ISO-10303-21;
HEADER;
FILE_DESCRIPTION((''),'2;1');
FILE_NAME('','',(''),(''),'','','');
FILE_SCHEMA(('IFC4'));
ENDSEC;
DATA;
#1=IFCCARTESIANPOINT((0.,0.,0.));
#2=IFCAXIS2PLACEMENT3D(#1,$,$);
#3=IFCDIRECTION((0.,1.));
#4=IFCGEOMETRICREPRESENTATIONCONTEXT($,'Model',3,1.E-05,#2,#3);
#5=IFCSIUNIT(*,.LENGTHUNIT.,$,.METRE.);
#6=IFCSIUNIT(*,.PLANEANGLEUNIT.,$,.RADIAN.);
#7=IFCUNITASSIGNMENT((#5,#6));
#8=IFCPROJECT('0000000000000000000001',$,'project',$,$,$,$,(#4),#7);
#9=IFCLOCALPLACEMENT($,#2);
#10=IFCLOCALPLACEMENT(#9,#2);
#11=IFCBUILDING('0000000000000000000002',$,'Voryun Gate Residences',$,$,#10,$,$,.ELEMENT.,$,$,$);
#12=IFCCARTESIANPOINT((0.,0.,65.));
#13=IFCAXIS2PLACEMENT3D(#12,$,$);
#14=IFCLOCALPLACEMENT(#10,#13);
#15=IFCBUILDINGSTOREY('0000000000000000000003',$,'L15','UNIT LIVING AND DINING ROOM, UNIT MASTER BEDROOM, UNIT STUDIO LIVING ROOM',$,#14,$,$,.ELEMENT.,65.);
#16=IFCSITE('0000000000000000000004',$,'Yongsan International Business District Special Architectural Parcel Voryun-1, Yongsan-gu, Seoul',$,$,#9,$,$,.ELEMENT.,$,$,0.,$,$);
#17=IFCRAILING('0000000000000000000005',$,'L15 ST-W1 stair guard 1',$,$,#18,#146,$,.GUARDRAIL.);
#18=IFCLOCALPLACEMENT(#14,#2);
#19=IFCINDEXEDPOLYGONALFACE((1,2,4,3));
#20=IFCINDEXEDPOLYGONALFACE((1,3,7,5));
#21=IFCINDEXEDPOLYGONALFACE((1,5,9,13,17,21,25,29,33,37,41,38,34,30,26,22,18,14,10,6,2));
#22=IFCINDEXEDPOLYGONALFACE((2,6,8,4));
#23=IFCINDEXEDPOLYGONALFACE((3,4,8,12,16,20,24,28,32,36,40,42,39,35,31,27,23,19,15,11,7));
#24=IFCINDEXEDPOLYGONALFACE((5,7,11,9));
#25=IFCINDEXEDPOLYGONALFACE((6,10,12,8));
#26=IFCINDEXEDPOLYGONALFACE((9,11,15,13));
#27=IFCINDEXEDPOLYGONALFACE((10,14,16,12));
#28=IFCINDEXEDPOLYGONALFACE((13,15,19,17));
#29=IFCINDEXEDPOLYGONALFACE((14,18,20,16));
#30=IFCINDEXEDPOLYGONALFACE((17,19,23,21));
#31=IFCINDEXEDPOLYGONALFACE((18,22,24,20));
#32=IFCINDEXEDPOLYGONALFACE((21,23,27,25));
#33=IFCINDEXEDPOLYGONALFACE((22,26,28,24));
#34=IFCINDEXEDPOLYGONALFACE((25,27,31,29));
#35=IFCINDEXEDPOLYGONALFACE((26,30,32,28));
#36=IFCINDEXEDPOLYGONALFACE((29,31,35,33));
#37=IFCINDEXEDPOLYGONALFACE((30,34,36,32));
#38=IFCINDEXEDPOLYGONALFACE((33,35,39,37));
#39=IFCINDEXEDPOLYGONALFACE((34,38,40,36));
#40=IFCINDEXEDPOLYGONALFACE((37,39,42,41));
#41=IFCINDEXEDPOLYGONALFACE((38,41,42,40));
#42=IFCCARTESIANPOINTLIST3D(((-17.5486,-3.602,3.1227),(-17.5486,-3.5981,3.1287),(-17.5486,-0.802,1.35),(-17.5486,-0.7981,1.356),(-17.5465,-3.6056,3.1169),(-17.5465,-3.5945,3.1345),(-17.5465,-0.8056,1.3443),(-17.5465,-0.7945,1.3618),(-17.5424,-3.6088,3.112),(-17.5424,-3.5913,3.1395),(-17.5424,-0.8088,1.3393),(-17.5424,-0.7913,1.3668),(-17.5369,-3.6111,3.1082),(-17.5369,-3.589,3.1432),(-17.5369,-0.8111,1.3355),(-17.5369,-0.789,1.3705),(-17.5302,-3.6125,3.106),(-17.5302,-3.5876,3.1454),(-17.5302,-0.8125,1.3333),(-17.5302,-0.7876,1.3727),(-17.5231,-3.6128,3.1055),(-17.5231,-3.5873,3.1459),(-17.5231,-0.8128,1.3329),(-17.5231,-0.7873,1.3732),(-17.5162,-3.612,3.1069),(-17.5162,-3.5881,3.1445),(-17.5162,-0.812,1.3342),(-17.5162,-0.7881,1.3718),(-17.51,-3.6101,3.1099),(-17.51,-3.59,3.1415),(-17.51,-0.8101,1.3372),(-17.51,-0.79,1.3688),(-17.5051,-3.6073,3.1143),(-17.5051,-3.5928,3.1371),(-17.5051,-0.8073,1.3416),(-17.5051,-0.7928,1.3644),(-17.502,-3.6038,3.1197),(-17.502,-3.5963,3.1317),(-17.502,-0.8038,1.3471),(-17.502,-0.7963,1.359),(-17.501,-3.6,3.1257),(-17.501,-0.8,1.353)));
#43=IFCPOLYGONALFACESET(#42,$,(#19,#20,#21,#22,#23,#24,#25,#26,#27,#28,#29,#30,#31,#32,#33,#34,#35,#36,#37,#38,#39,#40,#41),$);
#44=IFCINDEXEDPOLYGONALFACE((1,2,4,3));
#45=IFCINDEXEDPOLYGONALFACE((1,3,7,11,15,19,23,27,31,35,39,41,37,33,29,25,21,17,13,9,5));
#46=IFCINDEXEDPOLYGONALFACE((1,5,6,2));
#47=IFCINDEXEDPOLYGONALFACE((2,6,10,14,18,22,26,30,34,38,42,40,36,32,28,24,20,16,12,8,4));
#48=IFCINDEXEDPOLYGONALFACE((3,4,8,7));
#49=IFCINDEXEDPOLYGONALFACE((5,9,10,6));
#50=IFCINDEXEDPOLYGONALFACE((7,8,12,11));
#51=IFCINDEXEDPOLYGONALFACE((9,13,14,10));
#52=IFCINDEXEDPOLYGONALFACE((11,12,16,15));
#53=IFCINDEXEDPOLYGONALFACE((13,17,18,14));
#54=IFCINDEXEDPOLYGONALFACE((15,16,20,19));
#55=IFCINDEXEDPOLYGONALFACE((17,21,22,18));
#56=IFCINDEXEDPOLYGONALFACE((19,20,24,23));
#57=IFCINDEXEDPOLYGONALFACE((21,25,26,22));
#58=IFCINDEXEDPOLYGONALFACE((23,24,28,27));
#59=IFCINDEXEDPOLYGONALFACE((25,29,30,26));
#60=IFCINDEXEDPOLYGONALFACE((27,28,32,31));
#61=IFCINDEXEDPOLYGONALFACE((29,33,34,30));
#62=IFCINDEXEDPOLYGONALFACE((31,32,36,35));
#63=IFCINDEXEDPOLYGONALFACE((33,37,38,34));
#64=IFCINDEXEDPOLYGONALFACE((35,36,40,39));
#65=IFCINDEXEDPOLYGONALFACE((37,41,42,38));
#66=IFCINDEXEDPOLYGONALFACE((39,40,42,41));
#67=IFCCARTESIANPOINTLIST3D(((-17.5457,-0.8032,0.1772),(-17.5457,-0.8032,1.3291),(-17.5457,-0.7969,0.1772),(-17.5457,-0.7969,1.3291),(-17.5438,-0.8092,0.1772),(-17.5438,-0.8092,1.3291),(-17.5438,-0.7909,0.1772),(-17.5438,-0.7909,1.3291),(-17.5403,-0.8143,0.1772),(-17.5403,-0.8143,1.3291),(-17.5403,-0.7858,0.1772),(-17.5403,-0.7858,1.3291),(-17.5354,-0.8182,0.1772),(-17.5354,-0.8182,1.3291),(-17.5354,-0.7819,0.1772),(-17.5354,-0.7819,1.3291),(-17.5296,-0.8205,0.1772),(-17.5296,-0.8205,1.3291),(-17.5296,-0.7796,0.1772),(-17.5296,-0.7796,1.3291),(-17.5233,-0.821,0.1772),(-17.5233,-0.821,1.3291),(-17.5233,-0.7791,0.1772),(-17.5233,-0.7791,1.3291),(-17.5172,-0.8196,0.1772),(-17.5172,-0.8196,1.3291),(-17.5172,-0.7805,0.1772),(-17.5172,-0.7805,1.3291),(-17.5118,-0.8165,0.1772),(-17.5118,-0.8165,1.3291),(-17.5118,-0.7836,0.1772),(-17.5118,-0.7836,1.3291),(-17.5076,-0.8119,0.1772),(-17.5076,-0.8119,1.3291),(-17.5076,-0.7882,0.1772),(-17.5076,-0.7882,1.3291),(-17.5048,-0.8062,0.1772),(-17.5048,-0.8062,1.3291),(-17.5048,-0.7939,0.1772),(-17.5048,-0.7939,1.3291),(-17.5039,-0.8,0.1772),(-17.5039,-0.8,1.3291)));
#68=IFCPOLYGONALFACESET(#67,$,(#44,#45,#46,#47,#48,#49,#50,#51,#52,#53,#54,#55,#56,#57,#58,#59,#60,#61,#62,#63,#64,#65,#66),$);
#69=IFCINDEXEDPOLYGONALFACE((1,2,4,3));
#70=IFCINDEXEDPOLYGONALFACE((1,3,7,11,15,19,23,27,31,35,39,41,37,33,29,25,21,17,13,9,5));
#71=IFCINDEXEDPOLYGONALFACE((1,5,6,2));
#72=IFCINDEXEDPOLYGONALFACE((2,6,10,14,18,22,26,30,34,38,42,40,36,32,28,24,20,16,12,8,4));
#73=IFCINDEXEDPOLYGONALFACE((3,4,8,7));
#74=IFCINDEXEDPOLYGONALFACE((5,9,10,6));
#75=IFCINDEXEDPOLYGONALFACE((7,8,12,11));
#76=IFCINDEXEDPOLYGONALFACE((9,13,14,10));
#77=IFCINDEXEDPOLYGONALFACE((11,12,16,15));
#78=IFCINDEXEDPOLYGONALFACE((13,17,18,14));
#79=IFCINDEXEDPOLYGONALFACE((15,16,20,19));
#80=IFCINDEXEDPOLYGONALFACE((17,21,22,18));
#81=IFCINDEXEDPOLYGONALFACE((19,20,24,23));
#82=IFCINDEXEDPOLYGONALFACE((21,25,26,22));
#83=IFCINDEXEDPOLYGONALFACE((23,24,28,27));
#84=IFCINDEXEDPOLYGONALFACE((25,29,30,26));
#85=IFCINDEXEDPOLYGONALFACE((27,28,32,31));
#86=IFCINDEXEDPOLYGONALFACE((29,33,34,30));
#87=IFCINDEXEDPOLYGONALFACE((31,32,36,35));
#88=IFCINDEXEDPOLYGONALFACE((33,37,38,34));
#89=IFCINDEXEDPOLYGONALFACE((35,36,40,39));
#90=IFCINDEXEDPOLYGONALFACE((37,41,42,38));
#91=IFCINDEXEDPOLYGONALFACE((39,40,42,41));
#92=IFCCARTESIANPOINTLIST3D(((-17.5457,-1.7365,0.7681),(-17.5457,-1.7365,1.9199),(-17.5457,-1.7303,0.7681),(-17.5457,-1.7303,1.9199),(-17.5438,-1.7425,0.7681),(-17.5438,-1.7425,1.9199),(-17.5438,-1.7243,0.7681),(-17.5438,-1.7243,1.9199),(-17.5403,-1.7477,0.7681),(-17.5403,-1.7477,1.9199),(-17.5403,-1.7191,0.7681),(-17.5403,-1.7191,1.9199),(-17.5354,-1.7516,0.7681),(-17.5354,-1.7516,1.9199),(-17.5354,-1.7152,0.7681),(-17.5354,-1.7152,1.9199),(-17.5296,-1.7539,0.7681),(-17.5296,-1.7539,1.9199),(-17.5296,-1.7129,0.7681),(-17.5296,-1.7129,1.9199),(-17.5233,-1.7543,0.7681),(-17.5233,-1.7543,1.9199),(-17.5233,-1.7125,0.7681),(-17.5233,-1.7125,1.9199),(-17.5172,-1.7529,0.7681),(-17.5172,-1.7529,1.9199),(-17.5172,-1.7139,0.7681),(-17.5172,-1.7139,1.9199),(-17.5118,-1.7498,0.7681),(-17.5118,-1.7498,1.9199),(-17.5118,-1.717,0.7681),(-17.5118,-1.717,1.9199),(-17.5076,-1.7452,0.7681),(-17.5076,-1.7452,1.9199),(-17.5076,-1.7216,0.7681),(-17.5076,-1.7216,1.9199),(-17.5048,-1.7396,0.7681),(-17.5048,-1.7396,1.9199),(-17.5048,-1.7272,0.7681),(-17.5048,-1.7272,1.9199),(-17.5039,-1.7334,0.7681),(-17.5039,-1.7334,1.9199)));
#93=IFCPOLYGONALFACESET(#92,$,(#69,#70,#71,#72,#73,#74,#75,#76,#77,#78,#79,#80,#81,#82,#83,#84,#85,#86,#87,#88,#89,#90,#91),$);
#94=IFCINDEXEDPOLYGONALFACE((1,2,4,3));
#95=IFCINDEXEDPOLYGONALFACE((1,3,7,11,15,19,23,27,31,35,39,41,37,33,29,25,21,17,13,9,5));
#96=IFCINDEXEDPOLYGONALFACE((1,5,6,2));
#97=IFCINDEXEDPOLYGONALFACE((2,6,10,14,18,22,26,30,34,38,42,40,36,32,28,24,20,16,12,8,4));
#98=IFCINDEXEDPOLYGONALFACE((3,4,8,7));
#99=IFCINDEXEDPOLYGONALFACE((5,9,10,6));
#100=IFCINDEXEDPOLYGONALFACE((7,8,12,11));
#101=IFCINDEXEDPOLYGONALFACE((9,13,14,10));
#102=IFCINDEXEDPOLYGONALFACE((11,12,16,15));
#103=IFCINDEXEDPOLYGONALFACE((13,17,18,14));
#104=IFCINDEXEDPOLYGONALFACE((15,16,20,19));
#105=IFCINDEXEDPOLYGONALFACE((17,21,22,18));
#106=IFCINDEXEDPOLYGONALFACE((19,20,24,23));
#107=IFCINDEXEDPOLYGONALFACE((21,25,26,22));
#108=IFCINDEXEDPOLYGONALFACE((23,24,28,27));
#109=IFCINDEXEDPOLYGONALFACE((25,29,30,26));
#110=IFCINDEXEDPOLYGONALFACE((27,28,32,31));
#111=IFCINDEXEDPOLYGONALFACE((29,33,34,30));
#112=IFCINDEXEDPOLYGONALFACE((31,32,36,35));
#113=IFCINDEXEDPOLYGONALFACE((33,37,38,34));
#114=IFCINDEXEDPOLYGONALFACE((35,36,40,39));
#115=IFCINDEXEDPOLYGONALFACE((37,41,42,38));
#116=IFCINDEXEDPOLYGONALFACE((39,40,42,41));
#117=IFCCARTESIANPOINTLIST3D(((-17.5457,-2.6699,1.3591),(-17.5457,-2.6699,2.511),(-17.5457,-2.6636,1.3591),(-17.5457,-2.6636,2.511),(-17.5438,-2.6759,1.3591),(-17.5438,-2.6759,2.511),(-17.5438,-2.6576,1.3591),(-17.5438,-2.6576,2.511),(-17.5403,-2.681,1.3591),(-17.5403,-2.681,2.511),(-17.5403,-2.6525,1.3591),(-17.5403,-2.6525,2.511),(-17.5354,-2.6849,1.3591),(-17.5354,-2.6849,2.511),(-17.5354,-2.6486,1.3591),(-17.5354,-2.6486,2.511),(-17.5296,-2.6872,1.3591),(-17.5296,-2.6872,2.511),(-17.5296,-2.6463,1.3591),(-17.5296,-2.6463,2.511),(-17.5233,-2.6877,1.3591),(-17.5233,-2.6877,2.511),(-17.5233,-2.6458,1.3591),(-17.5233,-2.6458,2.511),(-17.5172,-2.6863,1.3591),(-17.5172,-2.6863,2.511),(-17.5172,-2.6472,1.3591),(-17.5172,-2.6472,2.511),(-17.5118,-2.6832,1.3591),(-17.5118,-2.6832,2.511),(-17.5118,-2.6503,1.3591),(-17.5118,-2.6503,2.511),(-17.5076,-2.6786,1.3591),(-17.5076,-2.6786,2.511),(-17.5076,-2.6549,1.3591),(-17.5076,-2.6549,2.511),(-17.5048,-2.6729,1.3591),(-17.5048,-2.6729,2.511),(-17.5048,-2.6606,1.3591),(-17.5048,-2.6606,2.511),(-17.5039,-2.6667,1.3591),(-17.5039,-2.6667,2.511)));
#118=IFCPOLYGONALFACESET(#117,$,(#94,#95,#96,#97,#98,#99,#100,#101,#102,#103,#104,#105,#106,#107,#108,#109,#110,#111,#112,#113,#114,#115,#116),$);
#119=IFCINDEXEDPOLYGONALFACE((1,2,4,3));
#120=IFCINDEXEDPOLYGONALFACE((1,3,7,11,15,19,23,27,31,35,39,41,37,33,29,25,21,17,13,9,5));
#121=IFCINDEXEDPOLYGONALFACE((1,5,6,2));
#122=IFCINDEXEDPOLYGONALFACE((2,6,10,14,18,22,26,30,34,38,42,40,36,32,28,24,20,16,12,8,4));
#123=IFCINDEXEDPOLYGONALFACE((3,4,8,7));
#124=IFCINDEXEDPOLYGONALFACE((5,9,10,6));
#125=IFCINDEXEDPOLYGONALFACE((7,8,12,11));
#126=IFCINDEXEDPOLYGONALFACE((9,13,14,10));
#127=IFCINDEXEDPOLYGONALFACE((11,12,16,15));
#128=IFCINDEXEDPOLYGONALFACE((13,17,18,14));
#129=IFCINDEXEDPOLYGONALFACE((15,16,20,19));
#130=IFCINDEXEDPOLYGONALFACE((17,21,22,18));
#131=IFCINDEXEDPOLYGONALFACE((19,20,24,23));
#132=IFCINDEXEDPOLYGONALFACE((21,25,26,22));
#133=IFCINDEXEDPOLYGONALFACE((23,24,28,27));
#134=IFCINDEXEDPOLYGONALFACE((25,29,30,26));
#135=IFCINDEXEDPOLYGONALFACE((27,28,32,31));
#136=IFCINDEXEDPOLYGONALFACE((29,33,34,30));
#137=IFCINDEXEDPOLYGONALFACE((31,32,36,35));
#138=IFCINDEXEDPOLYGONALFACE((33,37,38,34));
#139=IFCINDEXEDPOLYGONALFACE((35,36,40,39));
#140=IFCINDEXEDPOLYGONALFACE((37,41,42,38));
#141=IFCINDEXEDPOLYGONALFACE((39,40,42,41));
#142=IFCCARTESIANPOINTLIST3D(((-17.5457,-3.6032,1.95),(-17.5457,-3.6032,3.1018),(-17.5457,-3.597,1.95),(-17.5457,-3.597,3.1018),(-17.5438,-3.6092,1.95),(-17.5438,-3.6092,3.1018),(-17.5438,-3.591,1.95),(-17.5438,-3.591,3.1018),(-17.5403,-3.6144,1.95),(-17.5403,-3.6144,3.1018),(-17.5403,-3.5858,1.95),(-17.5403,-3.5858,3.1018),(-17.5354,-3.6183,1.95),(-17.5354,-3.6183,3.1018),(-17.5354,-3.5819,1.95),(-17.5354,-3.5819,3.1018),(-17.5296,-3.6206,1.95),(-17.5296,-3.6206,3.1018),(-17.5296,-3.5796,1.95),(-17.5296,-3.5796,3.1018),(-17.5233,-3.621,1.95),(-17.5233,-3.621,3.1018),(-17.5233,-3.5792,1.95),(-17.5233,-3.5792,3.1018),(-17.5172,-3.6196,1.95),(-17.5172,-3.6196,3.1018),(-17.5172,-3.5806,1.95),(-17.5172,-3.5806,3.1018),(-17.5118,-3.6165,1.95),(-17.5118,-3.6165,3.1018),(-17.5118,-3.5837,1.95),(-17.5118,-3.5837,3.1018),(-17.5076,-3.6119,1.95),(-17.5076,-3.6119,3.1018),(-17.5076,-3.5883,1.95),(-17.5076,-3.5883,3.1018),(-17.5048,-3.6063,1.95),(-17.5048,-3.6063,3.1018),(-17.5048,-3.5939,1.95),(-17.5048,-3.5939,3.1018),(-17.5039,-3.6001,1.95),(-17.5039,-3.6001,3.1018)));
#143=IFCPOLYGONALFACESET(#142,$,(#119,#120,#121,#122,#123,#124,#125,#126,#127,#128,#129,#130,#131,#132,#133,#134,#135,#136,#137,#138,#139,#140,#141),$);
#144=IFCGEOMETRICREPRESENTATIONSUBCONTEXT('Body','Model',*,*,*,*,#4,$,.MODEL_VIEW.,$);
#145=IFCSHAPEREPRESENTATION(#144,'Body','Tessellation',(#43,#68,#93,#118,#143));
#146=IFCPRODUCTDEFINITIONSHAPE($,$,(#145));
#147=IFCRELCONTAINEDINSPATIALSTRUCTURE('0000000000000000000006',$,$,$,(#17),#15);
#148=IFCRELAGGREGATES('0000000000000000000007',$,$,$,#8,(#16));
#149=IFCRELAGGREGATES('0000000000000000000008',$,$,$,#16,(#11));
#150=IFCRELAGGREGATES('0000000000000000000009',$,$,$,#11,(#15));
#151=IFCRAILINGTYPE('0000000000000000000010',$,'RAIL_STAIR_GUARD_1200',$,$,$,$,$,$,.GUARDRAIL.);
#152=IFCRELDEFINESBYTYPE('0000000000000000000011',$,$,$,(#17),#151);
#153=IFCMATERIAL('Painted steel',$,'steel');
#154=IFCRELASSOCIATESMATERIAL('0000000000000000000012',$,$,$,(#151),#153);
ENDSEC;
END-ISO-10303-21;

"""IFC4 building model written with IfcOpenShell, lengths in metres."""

from ifc_helpers import new_model, si_unit, direction, frame, origin, origin_2d, place, context, subcontext, project, spatial, circle, extrude, material, type_object, element, save


model = new_model("IFC4")

# Units and contexts
model_context = context("Model", 3, precision=1e-05, world=origin(), true_north=direction((0.0, 1.0)))
body_context = subcontext(model_context, "Body", "Model", "MODEL_VIEW")
ifc_project = project(units=[si_unit("LENGTHUNIT", "METRE"), si_unit("PLANEANGLEUNIT", "RADIAN")], contexts=[model_context])

# Site, building, storey
site_placement = place(None, origin())
site = spatial("IfcSite", under=ifc_project, at=site_placement, Name="Yongsan International Business District Special Architectural Parcel Voryun-1, Yongsan-gu, Seoul", CompositionType="ELEMENT", RefElevation=0.0)
building_placement = place(site_placement, origin())
building = spatial("IfcBuilding", under=site, at=building_placement, Name="Voryun Gate Residences", CompositionType="ELEMENT")
storey_placement = place(building_placement, frame((0.0, 0.0, 65.0)))
storey = spatial("IfcBuildingStorey", under=building, at=storey_placement, Name="L15", Description="UNIT LIVING AND DINING ROOM, UNIT MASTER BEDROOM, UNIT STUDIO LIVING ROOM", CompositionType="ELEMENT", Elevation=65.0)

# Railing
ifc_material_1 = material(Name="Painted steel", Category="steel")
railing_type = type_object("IfcRailingType", Name="RAIL_STAIR_GUARD_1200", PredefinedType="GUARDRAIL", material=ifc_material_1)
railing_1_placement = place(storey_placement, frame((-17.5249, -0.8, 0.1772)))
element("IfcRailing", 1, at=railing_1_placement, inside=storey, type_object=railing_type, Name="L15 ST-W1 stair guard 1", PredefinedType="GUARDRAIL", context=body_context, shape_type="SweptSolid", body=[
    extrude(circle(Radius=0.0239, at=origin_2d()), frame((0.0, 0.0, 1.1758), z_axis=(0.0, -0.844909, 0.53491), x_axis=(1.0, 0.0, 0.0)), (0.0, 0.0, 1.0), 3.314),
    extrude(circle(Radius=0.021, at=origin_2d()), origin(), (0.0, 0.0, 1.0), 1.1519),
    extrude(circle(Radius=0.021, at=origin_2d()), frame((0.0, -0.9333, 0.5908)), (0.0, 0.0, 1.0), 1.1519),
    extrude(circle(Radius=0.021, at=origin_2d()), frame((0.0, -1.8667, 1.1819)), (0.0, 0.0, 1.0), 1.1519),
    extrude(circle(Radius=0.021, at=origin_2d()), frame((0.0, -2.8, 1.7727)), (0.0, 0.0, 1.0), 1.1519),
])

save(model, "model.ifc")
